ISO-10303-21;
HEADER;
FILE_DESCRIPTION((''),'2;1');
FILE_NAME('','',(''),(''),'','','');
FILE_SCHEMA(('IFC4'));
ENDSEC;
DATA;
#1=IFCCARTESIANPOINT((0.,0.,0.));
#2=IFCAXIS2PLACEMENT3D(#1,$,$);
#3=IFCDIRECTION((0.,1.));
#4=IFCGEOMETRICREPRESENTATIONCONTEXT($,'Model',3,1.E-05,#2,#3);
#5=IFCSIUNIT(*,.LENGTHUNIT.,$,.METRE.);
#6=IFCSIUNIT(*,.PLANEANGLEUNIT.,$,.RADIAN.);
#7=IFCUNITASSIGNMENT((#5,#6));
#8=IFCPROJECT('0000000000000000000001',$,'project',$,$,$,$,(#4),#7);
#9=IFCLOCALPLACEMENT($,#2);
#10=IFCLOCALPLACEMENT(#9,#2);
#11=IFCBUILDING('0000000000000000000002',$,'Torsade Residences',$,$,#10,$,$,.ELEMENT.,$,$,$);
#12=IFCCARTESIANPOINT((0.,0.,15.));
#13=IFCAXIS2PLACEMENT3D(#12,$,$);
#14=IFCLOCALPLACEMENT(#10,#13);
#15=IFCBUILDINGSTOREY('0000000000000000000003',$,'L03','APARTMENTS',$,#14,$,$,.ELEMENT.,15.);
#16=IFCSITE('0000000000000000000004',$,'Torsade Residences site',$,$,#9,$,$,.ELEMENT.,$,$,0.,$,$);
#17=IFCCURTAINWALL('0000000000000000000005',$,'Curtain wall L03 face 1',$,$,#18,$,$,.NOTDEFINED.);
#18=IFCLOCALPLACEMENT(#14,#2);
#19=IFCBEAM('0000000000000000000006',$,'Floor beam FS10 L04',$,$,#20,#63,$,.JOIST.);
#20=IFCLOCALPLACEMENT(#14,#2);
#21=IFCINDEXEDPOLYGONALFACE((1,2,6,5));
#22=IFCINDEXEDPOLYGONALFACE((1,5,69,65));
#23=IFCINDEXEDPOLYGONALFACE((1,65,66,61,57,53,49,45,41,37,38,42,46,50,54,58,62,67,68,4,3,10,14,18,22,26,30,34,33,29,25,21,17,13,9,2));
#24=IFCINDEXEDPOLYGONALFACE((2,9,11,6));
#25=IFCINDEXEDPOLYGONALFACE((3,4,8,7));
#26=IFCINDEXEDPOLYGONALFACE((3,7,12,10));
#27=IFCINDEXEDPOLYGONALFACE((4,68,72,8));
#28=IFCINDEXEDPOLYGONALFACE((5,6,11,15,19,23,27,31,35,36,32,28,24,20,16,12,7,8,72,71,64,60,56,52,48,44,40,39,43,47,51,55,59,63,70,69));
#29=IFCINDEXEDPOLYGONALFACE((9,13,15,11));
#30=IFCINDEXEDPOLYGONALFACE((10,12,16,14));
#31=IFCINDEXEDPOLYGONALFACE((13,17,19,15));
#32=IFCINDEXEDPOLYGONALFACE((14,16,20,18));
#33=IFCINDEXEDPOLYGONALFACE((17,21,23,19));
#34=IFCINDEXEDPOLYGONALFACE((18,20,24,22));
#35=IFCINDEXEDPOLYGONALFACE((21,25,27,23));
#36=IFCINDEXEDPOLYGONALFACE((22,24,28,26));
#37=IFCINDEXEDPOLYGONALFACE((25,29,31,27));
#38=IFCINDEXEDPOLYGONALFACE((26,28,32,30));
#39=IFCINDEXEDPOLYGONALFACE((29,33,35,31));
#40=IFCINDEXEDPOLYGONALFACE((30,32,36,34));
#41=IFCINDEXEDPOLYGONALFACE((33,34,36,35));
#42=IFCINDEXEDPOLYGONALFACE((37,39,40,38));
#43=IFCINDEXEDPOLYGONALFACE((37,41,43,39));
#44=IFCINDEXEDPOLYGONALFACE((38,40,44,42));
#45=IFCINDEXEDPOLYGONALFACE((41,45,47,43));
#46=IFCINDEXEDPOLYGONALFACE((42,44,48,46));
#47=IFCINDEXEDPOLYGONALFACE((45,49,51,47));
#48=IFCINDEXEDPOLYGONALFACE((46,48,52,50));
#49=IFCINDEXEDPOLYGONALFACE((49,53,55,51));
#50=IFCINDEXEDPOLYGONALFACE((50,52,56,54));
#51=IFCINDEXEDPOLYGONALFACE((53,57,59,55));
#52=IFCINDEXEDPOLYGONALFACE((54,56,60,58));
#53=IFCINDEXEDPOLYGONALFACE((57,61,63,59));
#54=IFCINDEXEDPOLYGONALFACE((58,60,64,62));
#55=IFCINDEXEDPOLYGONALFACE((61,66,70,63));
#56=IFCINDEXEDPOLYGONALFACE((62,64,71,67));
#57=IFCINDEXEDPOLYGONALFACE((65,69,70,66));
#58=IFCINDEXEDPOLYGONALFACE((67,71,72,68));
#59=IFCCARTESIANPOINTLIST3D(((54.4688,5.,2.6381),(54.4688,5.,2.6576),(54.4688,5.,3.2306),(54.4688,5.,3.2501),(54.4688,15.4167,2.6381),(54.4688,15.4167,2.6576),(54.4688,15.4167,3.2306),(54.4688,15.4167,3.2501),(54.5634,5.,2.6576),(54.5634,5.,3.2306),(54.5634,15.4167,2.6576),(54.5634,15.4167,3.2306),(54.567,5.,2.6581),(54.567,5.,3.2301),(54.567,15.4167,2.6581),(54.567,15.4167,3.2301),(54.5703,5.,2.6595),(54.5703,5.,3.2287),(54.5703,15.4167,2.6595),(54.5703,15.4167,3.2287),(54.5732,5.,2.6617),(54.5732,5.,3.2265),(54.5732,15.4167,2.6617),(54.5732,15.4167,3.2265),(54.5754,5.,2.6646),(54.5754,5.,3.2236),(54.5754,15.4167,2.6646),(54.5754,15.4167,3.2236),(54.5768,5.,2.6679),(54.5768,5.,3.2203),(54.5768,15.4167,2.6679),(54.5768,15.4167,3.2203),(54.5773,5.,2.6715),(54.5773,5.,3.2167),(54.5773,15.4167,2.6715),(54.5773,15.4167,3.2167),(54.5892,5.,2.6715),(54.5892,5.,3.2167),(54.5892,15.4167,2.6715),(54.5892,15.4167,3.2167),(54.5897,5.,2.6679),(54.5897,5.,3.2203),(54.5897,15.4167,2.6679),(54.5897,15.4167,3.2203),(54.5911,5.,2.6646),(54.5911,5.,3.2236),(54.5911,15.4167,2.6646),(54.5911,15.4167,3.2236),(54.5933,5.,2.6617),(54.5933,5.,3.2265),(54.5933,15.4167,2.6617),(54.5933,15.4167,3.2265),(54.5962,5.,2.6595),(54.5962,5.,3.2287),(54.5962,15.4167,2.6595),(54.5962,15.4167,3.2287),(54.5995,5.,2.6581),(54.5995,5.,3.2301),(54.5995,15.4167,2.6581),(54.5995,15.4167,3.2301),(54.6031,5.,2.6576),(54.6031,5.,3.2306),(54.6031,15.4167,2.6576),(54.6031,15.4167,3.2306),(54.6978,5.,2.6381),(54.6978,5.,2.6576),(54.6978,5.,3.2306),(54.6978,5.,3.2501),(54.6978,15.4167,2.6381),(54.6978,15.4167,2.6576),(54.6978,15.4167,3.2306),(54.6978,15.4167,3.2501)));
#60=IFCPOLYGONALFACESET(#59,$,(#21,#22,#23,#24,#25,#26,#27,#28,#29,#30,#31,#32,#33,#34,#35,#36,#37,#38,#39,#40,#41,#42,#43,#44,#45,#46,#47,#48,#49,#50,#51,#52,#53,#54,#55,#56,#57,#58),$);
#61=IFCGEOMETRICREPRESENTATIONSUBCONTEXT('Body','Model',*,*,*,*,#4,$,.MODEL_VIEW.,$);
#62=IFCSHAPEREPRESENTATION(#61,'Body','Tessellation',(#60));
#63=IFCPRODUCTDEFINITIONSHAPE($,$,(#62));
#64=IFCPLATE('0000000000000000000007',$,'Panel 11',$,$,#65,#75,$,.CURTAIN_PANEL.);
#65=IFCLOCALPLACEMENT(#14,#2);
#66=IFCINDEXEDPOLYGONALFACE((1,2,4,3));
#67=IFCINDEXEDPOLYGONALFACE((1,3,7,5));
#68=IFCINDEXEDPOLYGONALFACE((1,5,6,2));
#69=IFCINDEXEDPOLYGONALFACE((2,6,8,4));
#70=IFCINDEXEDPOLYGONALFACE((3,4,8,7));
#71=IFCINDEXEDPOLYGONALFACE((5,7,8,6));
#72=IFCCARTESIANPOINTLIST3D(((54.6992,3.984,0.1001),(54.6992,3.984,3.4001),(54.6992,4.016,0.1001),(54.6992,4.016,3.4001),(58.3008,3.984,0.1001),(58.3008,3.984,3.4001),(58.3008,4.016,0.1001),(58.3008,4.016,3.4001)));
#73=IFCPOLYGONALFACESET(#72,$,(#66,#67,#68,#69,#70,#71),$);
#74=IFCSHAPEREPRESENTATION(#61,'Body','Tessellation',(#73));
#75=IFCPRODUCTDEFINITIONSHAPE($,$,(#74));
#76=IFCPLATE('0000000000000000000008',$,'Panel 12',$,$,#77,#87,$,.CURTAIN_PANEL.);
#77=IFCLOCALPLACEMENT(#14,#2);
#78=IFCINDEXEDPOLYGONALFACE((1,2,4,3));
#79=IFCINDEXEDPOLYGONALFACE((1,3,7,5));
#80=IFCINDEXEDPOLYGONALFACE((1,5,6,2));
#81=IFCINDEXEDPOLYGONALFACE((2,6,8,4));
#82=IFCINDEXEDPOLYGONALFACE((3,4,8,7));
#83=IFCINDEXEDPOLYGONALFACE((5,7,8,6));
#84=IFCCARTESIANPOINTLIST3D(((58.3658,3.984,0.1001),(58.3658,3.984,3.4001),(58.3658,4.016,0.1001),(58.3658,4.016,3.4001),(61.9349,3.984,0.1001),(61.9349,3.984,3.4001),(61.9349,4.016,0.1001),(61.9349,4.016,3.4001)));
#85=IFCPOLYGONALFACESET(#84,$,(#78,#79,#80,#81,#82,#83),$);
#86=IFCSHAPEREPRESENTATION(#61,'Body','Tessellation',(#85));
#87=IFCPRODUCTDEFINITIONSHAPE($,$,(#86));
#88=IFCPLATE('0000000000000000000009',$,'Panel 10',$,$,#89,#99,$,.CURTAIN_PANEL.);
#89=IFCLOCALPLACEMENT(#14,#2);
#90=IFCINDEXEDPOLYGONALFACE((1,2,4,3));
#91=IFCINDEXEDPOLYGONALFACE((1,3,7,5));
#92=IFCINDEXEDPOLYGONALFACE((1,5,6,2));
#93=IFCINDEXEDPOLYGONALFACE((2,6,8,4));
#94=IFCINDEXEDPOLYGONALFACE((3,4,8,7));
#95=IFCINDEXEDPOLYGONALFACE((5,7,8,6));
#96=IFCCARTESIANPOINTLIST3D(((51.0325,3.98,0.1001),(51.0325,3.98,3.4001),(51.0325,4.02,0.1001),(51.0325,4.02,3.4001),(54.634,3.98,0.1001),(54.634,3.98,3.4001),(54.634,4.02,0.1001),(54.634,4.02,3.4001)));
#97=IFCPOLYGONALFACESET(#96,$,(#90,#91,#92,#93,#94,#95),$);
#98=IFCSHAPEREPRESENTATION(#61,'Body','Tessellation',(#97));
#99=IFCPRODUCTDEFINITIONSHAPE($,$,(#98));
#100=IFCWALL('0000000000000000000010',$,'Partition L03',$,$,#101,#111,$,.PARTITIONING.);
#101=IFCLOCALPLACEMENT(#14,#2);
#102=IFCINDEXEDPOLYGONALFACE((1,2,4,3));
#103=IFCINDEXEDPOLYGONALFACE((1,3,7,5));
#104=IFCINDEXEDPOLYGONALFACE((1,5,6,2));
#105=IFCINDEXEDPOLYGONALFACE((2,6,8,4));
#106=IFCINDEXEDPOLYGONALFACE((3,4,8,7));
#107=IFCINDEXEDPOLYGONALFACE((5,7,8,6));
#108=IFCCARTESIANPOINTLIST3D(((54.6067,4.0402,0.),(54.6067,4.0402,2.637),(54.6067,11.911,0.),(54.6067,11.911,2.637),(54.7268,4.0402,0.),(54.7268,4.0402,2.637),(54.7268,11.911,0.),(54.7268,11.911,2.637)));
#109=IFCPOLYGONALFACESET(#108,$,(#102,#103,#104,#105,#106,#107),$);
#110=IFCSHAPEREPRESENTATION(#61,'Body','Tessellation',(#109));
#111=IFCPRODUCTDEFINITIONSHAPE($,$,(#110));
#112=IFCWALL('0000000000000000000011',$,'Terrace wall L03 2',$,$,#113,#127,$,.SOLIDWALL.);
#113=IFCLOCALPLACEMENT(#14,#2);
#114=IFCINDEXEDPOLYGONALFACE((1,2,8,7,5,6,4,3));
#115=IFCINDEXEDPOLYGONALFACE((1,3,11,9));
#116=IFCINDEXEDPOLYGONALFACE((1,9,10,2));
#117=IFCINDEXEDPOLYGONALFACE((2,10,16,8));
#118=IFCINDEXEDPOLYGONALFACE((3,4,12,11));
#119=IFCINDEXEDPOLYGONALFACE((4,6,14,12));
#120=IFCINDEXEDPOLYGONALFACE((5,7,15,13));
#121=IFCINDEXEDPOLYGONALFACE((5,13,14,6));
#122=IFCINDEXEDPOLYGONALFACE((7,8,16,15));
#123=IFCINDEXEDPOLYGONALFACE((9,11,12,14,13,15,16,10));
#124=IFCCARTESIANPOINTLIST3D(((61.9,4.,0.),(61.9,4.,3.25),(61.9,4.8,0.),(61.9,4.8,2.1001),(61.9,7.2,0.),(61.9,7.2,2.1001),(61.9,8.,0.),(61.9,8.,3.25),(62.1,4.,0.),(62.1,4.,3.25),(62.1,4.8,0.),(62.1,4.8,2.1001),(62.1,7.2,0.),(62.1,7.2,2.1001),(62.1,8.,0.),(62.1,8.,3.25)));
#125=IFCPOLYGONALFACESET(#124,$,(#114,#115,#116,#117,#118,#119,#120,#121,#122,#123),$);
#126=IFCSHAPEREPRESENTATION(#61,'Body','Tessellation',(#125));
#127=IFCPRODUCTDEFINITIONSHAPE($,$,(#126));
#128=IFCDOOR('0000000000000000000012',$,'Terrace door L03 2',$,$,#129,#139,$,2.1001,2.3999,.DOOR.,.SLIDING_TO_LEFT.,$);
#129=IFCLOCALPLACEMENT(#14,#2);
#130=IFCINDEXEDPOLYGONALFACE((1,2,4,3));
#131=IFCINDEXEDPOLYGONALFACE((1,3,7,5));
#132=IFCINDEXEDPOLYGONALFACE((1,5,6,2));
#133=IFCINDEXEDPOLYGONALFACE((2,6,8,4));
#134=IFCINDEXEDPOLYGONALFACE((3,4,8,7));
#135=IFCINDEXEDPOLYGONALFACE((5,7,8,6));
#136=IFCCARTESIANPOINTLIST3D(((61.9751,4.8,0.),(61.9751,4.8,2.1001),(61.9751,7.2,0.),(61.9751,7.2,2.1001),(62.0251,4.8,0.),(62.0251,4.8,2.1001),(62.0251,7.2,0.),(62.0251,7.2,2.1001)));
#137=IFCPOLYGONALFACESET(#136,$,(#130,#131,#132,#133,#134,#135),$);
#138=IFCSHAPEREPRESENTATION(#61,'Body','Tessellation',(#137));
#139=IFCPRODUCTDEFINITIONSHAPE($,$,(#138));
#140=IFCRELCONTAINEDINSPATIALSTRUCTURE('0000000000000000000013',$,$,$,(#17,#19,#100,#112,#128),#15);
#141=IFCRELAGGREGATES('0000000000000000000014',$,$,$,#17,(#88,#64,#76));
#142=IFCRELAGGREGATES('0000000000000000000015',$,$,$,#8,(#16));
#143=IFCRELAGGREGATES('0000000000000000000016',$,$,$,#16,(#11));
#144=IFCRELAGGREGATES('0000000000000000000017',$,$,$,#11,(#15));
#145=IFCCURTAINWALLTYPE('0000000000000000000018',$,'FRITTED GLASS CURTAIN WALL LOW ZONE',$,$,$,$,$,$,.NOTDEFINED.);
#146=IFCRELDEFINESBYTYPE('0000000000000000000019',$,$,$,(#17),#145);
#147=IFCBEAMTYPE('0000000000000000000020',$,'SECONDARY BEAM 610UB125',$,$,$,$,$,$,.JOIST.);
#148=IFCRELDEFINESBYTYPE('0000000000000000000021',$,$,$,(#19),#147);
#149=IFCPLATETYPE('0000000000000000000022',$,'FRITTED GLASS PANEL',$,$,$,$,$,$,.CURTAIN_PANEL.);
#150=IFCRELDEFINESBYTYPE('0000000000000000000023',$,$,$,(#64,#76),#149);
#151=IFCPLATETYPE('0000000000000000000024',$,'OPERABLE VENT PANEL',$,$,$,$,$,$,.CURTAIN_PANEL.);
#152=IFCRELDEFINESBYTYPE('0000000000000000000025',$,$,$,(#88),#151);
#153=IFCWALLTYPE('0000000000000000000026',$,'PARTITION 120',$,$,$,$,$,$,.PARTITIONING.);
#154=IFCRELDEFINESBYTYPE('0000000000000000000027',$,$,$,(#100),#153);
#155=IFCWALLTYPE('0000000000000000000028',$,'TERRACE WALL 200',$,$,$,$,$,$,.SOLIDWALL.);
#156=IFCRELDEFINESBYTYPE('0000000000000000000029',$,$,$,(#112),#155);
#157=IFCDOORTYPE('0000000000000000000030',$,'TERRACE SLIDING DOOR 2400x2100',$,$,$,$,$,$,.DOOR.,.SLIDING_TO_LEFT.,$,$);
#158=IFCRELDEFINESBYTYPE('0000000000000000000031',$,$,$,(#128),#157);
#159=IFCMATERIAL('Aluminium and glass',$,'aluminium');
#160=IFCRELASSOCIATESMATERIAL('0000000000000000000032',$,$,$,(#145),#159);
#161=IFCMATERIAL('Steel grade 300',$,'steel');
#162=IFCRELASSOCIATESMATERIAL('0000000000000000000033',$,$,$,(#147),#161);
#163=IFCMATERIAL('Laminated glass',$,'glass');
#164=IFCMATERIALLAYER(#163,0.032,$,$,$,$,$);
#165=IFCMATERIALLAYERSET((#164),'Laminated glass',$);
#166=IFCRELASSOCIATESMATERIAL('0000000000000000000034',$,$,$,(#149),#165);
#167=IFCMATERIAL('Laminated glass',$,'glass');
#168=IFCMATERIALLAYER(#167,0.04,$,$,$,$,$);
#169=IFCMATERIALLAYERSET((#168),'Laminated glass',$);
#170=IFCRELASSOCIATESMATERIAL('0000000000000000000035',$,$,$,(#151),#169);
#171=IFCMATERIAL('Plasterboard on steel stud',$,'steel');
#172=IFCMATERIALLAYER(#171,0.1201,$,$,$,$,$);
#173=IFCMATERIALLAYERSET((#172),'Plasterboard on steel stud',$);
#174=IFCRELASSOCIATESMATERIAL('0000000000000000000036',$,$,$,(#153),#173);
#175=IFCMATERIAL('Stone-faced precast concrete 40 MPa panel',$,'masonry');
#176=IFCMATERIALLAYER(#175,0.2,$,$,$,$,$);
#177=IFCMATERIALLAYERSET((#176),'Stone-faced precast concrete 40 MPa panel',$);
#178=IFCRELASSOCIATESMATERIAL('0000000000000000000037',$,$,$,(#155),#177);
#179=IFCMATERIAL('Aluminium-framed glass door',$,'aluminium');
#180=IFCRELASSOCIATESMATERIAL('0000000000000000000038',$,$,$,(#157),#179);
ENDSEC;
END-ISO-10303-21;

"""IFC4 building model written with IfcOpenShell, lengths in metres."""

from ifc_helpers import new_model, si_unit, direction, frame, frame_2d, origin, origin_2d, place, context, subcontext, project, spatial, rectangle, i_section, extrude, material, layer, layer_set, material_profile, profile_set, type_object, element, fill, aggregate, save


model = new_model("IFC4")

# Units and contexts
model_context = context("Model", 3, precision=1e-05, world=origin(), true_north=direction((0.0, 1.0)))
body_context = subcontext(model_context, "Body", "Model", "MODEL_VIEW")
ifc_project = project(units=[si_unit("LENGTHUNIT", "METRE"), si_unit("PLANEANGLEUNIT", "RADIAN")], contexts=[model_context])

# Site, building, storey
site_placement = place(None, origin())
site = spatial("IfcSite", under=ifc_project, at=site_placement, Name="Torsade Residences site", CompositionType="ELEMENT", RefElevation=0.0)
building_placement = place(site_placement, origin())
building = spatial("IfcBuilding", under=site, at=building_placement, Name="Torsade Residences", CompositionType="ELEMENT")
storey_placement = place(building_placement, frame((0.0, 0.0, 15.0)))
storey = spatial("IfcBuildingStorey", under=building, at=storey_placement, Name="L03", Description="APARTMENTS", CompositionType="ELEMENT", Elevation=15.0)

# Curtain wall
ifc_material_1 = material(Name="Aluminium and glass", Category="aluminium")
curtain_wall_type = type_object("IfcCurtainWallType", Name="FRITTED GLASS CURTAIN WALL LOW ZONE", PredefinedType="NOTDEFINED", material=ifc_material_1)
curtain_wall_placement = place(storey_placement, origin())
curtain_wall = element("IfcCurtainWall", 1, at=curtain_wall_placement, inside=storey, type_object=curtain_wall_type, Name="Curtain wall L03 face 1", PredefinedType="NOTDEFINED")

# Beam
ifc_material_2 = material(Name="Steel grade 300", Category="steel")
ifc_material_profile_1 = material_profile(ifc_material_2, i_section(OverallWidth=0.229, OverallDepth=0.6121, WebThickness=0.012, FlangeThickness=0.0195, FilletRadius=0.0139, at=origin_2d()), Name="610UB125")
ifc_profile_set_1 = profile_set([ifc_material_profile_1], Name="Steel grade 300")
beam_type_1 = type_object("IfcBeamType", Name="SECONDARY BEAM 610UB125", PredefinedType="JOIST", material=ifc_profile_set_1)
beam_1_placement = place(storey_placement, frame((54.5833, 5.0, 2.9441), z_axis=(0.0, 1.0, 0.0), x_axis=(-1.0, 0.0, 0.0)))
element("IfcBeam", 2, at=beam_1_placement, inside=storey, type_object=beam_type_1, Name="Floor beam FS10 L04", PredefinedType="JOIST", context=body_context, shape_type="SweptSolid", body=[
    extrude(i_section(OverallWidth=0.229, OverallDepth=0.6121, WebThickness=0.012, FlangeThickness=0.0195, FilletRadius=0.0139, at=origin_2d()), origin(), (0.0, 0.0, 1.0), 10.4167),
])

# Plates
ifc_material_3 = material(Name="Laminated glass", Category="glass")
ifc_layer_1 = layer(ifc_material_3, 0.032)
ifc_layer_set_1 = layer_set([ifc_layer_1], Name="Laminated glass")
plate_type_1 = type_object("IfcPlateType", Name="FRITTED GLASS PANEL", PredefinedType="CURTAIN_PANEL", material=ifc_layer_set_1)
plate_1_placement = place(storey_placement, frame((56.5, 4.0, 0.1001), z_axis=(0.0, 0.0, 1.0), x_axis=(1.0, 0.0, 0.0)))
plate_1 = element("IfcPlate", 3, at=plate_1_placement, type_object=plate_type_1, Name="Panel 11", PredefinedType="CURTAIN_PANEL", context=body_context, shape_type="SweptSolid", body=[
    extrude(rectangle(XDim=3.6016, YDim=0.032, at=origin_2d()), origin(), (0.0, 0.0, 1.0), 3.3),
])
plate_2_placement = place(storey_placement, frame((60.1504, 4.0, 0.1001), z_axis=(0.0, 0.0, 1.0), x_axis=(1.0, 0.0, 0.0)))
plate_2 = element("IfcPlate", 4, at=plate_2_placement, type_object=plate_type_1, Name="Panel 12", PredefinedType="CURTAIN_PANEL", context=body_context, shape_type="SweptSolid", body=[
    extrude(rectangle(XDim=3.5691, YDim=0.032, at=origin_2d()), origin(), (0.0, 0.0, 1.0), 3.3),
])
ifc_material_4 = material(Name="Laminated glass", Category="glass")
ifc_layer_2 = layer(ifc_material_4, 0.04)
ifc_layer_set_2 = layer_set([ifc_layer_2], Name="Laminated glass")
plate_type_2 = type_object("IfcPlateType", Name="OPERABLE VENT PANEL", PredefinedType="CURTAIN_PANEL", material=ifc_layer_set_2)
plate_3_placement = place(storey_placement, frame((52.8333, 4.0, 0.1001), z_axis=(0.0, 0.0, 1.0), x_axis=(1.0, 0.0, 0.0)))
plate_3 = element("IfcPlate", 5, at=plate_3_placement, type_object=plate_type_2, Name="Panel 10", PredefinedType="CURTAIN_PANEL", context=body_context, shape_type="SweptSolid", body=[
    extrude(rectangle(XDim=3.6016, YDim=0.04, at=origin_2d()), origin(), (0.0, 0.0, 1.0), 3.3),
])
aggregate(curtain_wall, [plate_3, plate_1, plate_2])

# Wall
ifc_material_5 = material(Name="Plasterboard on steel stud", Category="steel")
ifc_layer_3 = layer(ifc_material_5, 0.1201)
ifc_layer_set_3 = layer_set([ifc_layer_3], Name="Plasterboard on steel stud")
wall_type_1 = type_object("IfcWallType", Name="PARTITION 120", PredefinedType="PARTITIONING", material=ifc_layer_set_3)
wall_1_placement = place(storey_placement, frame((54.6667, 4.04, 0.0), z_axis=(0.0, 0.0, 1.0), x_axis=(0.0, 1.0, 0.0)))
element("IfcWall", 6, at=wall_1_placement, inside=storey, type_object=wall_type_1, Name="Partition L03", PredefinedType="PARTITIONING", context=body_context, shape_type="SweptSolid", body=[
    extrude(rectangle(XDim=7.8708, YDim=0.1201, at=frame_2d((3.9355, 0.0))), origin(), (0.0, 0.0, 1.0), 2.637),
])

# Wall, opening, door
ifc_material_6 = material(Name="Stone-faced precast concrete 40 MPa panel", Category="masonry")
ifc_layer_4 = layer(ifc_material_6, 0.2)
ifc_layer_set_4 = layer_set([ifc_layer_4], Name="Stone-faced precast concrete 40 MPa panel")
wall_type_2 = type_object("IfcWallType", Name="TERRACE WALL 200", PredefinedType="SOLIDWALL", material=ifc_layer_set_4)
wall_2_placement = place(storey_placement, frame((62.0, 4.0, 0.0), z_axis=(0.0, 0.0, 1.0), x_axis=(0.0, 1.0, 0.0)))
wall_2 = element("IfcWall", 7, at=wall_2_placement, inside=storey, type_object=wall_type_2, Name="Terrace wall L03 2", PredefinedType="SOLIDWALL", context=body_context, shape_type="SweptSolid", body=[
    extrude(rectangle(XDim=4.0, YDim=0.2, at=frame_2d((2.0, 0.0))), origin(), (0.0, 0.0, 1.0), 3.25),
])
opening_placement = place(wall_2_placement, frame((0.8, 0.0, 0.0)))
opening = element("IfcOpeningElement", 8, at=opening_placement, cuts=wall_2, PredefinedType="OPENING", context=body_context, shape_type="SweptSolid", body=[
    extrude(rectangle(XDim=2.3999, YDim=2.1001, at=frame_2d((1.2, 1.05))), frame((0.0, 0.1099, 0.0), z_axis=(0.0, -1.0, 0.0), x_axis=(1.0, 0.0, 0.0)), (0.0, 0.0, 1.0), 0.22),
])
ifc_material_7 = material(Name="Aluminium-framed glass door", Category="aluminium")
door_type = type_object("IfcDoorType", Name="TERRACE SLIDING DOOR 2400x2100", OperationType="SLIDING_TO_LEFT", PredefinedType="DOOR", material=ifc_material_7)
door_placement = place(opening_placement, origin())
door = element("IfcDoor", 9, at=door_placement, inside=storey, type_object=door_type, Name="Terrace door L03 2", OperationType="SLIDING_TO_LEFT", OverallHeight=2.1001, OverallWidth=2.3999, PredefinedType="DOOR", context=body_context, shape_type="SweptSolid", body=[
    extrude(rectangle(XDim=2.3999, YDim=2.1001, at=frame_2d((1.2, 1.05))), frame((0.0, 0.0249, 0.0), z_axis=(0.0, -1.0, 0.0), x_axis=(1.0, 0.0, 0.0)), (0.0, 0.0, 1.0), 0.05),
])
fill(opening, door)

save(model, "model.ifc")
